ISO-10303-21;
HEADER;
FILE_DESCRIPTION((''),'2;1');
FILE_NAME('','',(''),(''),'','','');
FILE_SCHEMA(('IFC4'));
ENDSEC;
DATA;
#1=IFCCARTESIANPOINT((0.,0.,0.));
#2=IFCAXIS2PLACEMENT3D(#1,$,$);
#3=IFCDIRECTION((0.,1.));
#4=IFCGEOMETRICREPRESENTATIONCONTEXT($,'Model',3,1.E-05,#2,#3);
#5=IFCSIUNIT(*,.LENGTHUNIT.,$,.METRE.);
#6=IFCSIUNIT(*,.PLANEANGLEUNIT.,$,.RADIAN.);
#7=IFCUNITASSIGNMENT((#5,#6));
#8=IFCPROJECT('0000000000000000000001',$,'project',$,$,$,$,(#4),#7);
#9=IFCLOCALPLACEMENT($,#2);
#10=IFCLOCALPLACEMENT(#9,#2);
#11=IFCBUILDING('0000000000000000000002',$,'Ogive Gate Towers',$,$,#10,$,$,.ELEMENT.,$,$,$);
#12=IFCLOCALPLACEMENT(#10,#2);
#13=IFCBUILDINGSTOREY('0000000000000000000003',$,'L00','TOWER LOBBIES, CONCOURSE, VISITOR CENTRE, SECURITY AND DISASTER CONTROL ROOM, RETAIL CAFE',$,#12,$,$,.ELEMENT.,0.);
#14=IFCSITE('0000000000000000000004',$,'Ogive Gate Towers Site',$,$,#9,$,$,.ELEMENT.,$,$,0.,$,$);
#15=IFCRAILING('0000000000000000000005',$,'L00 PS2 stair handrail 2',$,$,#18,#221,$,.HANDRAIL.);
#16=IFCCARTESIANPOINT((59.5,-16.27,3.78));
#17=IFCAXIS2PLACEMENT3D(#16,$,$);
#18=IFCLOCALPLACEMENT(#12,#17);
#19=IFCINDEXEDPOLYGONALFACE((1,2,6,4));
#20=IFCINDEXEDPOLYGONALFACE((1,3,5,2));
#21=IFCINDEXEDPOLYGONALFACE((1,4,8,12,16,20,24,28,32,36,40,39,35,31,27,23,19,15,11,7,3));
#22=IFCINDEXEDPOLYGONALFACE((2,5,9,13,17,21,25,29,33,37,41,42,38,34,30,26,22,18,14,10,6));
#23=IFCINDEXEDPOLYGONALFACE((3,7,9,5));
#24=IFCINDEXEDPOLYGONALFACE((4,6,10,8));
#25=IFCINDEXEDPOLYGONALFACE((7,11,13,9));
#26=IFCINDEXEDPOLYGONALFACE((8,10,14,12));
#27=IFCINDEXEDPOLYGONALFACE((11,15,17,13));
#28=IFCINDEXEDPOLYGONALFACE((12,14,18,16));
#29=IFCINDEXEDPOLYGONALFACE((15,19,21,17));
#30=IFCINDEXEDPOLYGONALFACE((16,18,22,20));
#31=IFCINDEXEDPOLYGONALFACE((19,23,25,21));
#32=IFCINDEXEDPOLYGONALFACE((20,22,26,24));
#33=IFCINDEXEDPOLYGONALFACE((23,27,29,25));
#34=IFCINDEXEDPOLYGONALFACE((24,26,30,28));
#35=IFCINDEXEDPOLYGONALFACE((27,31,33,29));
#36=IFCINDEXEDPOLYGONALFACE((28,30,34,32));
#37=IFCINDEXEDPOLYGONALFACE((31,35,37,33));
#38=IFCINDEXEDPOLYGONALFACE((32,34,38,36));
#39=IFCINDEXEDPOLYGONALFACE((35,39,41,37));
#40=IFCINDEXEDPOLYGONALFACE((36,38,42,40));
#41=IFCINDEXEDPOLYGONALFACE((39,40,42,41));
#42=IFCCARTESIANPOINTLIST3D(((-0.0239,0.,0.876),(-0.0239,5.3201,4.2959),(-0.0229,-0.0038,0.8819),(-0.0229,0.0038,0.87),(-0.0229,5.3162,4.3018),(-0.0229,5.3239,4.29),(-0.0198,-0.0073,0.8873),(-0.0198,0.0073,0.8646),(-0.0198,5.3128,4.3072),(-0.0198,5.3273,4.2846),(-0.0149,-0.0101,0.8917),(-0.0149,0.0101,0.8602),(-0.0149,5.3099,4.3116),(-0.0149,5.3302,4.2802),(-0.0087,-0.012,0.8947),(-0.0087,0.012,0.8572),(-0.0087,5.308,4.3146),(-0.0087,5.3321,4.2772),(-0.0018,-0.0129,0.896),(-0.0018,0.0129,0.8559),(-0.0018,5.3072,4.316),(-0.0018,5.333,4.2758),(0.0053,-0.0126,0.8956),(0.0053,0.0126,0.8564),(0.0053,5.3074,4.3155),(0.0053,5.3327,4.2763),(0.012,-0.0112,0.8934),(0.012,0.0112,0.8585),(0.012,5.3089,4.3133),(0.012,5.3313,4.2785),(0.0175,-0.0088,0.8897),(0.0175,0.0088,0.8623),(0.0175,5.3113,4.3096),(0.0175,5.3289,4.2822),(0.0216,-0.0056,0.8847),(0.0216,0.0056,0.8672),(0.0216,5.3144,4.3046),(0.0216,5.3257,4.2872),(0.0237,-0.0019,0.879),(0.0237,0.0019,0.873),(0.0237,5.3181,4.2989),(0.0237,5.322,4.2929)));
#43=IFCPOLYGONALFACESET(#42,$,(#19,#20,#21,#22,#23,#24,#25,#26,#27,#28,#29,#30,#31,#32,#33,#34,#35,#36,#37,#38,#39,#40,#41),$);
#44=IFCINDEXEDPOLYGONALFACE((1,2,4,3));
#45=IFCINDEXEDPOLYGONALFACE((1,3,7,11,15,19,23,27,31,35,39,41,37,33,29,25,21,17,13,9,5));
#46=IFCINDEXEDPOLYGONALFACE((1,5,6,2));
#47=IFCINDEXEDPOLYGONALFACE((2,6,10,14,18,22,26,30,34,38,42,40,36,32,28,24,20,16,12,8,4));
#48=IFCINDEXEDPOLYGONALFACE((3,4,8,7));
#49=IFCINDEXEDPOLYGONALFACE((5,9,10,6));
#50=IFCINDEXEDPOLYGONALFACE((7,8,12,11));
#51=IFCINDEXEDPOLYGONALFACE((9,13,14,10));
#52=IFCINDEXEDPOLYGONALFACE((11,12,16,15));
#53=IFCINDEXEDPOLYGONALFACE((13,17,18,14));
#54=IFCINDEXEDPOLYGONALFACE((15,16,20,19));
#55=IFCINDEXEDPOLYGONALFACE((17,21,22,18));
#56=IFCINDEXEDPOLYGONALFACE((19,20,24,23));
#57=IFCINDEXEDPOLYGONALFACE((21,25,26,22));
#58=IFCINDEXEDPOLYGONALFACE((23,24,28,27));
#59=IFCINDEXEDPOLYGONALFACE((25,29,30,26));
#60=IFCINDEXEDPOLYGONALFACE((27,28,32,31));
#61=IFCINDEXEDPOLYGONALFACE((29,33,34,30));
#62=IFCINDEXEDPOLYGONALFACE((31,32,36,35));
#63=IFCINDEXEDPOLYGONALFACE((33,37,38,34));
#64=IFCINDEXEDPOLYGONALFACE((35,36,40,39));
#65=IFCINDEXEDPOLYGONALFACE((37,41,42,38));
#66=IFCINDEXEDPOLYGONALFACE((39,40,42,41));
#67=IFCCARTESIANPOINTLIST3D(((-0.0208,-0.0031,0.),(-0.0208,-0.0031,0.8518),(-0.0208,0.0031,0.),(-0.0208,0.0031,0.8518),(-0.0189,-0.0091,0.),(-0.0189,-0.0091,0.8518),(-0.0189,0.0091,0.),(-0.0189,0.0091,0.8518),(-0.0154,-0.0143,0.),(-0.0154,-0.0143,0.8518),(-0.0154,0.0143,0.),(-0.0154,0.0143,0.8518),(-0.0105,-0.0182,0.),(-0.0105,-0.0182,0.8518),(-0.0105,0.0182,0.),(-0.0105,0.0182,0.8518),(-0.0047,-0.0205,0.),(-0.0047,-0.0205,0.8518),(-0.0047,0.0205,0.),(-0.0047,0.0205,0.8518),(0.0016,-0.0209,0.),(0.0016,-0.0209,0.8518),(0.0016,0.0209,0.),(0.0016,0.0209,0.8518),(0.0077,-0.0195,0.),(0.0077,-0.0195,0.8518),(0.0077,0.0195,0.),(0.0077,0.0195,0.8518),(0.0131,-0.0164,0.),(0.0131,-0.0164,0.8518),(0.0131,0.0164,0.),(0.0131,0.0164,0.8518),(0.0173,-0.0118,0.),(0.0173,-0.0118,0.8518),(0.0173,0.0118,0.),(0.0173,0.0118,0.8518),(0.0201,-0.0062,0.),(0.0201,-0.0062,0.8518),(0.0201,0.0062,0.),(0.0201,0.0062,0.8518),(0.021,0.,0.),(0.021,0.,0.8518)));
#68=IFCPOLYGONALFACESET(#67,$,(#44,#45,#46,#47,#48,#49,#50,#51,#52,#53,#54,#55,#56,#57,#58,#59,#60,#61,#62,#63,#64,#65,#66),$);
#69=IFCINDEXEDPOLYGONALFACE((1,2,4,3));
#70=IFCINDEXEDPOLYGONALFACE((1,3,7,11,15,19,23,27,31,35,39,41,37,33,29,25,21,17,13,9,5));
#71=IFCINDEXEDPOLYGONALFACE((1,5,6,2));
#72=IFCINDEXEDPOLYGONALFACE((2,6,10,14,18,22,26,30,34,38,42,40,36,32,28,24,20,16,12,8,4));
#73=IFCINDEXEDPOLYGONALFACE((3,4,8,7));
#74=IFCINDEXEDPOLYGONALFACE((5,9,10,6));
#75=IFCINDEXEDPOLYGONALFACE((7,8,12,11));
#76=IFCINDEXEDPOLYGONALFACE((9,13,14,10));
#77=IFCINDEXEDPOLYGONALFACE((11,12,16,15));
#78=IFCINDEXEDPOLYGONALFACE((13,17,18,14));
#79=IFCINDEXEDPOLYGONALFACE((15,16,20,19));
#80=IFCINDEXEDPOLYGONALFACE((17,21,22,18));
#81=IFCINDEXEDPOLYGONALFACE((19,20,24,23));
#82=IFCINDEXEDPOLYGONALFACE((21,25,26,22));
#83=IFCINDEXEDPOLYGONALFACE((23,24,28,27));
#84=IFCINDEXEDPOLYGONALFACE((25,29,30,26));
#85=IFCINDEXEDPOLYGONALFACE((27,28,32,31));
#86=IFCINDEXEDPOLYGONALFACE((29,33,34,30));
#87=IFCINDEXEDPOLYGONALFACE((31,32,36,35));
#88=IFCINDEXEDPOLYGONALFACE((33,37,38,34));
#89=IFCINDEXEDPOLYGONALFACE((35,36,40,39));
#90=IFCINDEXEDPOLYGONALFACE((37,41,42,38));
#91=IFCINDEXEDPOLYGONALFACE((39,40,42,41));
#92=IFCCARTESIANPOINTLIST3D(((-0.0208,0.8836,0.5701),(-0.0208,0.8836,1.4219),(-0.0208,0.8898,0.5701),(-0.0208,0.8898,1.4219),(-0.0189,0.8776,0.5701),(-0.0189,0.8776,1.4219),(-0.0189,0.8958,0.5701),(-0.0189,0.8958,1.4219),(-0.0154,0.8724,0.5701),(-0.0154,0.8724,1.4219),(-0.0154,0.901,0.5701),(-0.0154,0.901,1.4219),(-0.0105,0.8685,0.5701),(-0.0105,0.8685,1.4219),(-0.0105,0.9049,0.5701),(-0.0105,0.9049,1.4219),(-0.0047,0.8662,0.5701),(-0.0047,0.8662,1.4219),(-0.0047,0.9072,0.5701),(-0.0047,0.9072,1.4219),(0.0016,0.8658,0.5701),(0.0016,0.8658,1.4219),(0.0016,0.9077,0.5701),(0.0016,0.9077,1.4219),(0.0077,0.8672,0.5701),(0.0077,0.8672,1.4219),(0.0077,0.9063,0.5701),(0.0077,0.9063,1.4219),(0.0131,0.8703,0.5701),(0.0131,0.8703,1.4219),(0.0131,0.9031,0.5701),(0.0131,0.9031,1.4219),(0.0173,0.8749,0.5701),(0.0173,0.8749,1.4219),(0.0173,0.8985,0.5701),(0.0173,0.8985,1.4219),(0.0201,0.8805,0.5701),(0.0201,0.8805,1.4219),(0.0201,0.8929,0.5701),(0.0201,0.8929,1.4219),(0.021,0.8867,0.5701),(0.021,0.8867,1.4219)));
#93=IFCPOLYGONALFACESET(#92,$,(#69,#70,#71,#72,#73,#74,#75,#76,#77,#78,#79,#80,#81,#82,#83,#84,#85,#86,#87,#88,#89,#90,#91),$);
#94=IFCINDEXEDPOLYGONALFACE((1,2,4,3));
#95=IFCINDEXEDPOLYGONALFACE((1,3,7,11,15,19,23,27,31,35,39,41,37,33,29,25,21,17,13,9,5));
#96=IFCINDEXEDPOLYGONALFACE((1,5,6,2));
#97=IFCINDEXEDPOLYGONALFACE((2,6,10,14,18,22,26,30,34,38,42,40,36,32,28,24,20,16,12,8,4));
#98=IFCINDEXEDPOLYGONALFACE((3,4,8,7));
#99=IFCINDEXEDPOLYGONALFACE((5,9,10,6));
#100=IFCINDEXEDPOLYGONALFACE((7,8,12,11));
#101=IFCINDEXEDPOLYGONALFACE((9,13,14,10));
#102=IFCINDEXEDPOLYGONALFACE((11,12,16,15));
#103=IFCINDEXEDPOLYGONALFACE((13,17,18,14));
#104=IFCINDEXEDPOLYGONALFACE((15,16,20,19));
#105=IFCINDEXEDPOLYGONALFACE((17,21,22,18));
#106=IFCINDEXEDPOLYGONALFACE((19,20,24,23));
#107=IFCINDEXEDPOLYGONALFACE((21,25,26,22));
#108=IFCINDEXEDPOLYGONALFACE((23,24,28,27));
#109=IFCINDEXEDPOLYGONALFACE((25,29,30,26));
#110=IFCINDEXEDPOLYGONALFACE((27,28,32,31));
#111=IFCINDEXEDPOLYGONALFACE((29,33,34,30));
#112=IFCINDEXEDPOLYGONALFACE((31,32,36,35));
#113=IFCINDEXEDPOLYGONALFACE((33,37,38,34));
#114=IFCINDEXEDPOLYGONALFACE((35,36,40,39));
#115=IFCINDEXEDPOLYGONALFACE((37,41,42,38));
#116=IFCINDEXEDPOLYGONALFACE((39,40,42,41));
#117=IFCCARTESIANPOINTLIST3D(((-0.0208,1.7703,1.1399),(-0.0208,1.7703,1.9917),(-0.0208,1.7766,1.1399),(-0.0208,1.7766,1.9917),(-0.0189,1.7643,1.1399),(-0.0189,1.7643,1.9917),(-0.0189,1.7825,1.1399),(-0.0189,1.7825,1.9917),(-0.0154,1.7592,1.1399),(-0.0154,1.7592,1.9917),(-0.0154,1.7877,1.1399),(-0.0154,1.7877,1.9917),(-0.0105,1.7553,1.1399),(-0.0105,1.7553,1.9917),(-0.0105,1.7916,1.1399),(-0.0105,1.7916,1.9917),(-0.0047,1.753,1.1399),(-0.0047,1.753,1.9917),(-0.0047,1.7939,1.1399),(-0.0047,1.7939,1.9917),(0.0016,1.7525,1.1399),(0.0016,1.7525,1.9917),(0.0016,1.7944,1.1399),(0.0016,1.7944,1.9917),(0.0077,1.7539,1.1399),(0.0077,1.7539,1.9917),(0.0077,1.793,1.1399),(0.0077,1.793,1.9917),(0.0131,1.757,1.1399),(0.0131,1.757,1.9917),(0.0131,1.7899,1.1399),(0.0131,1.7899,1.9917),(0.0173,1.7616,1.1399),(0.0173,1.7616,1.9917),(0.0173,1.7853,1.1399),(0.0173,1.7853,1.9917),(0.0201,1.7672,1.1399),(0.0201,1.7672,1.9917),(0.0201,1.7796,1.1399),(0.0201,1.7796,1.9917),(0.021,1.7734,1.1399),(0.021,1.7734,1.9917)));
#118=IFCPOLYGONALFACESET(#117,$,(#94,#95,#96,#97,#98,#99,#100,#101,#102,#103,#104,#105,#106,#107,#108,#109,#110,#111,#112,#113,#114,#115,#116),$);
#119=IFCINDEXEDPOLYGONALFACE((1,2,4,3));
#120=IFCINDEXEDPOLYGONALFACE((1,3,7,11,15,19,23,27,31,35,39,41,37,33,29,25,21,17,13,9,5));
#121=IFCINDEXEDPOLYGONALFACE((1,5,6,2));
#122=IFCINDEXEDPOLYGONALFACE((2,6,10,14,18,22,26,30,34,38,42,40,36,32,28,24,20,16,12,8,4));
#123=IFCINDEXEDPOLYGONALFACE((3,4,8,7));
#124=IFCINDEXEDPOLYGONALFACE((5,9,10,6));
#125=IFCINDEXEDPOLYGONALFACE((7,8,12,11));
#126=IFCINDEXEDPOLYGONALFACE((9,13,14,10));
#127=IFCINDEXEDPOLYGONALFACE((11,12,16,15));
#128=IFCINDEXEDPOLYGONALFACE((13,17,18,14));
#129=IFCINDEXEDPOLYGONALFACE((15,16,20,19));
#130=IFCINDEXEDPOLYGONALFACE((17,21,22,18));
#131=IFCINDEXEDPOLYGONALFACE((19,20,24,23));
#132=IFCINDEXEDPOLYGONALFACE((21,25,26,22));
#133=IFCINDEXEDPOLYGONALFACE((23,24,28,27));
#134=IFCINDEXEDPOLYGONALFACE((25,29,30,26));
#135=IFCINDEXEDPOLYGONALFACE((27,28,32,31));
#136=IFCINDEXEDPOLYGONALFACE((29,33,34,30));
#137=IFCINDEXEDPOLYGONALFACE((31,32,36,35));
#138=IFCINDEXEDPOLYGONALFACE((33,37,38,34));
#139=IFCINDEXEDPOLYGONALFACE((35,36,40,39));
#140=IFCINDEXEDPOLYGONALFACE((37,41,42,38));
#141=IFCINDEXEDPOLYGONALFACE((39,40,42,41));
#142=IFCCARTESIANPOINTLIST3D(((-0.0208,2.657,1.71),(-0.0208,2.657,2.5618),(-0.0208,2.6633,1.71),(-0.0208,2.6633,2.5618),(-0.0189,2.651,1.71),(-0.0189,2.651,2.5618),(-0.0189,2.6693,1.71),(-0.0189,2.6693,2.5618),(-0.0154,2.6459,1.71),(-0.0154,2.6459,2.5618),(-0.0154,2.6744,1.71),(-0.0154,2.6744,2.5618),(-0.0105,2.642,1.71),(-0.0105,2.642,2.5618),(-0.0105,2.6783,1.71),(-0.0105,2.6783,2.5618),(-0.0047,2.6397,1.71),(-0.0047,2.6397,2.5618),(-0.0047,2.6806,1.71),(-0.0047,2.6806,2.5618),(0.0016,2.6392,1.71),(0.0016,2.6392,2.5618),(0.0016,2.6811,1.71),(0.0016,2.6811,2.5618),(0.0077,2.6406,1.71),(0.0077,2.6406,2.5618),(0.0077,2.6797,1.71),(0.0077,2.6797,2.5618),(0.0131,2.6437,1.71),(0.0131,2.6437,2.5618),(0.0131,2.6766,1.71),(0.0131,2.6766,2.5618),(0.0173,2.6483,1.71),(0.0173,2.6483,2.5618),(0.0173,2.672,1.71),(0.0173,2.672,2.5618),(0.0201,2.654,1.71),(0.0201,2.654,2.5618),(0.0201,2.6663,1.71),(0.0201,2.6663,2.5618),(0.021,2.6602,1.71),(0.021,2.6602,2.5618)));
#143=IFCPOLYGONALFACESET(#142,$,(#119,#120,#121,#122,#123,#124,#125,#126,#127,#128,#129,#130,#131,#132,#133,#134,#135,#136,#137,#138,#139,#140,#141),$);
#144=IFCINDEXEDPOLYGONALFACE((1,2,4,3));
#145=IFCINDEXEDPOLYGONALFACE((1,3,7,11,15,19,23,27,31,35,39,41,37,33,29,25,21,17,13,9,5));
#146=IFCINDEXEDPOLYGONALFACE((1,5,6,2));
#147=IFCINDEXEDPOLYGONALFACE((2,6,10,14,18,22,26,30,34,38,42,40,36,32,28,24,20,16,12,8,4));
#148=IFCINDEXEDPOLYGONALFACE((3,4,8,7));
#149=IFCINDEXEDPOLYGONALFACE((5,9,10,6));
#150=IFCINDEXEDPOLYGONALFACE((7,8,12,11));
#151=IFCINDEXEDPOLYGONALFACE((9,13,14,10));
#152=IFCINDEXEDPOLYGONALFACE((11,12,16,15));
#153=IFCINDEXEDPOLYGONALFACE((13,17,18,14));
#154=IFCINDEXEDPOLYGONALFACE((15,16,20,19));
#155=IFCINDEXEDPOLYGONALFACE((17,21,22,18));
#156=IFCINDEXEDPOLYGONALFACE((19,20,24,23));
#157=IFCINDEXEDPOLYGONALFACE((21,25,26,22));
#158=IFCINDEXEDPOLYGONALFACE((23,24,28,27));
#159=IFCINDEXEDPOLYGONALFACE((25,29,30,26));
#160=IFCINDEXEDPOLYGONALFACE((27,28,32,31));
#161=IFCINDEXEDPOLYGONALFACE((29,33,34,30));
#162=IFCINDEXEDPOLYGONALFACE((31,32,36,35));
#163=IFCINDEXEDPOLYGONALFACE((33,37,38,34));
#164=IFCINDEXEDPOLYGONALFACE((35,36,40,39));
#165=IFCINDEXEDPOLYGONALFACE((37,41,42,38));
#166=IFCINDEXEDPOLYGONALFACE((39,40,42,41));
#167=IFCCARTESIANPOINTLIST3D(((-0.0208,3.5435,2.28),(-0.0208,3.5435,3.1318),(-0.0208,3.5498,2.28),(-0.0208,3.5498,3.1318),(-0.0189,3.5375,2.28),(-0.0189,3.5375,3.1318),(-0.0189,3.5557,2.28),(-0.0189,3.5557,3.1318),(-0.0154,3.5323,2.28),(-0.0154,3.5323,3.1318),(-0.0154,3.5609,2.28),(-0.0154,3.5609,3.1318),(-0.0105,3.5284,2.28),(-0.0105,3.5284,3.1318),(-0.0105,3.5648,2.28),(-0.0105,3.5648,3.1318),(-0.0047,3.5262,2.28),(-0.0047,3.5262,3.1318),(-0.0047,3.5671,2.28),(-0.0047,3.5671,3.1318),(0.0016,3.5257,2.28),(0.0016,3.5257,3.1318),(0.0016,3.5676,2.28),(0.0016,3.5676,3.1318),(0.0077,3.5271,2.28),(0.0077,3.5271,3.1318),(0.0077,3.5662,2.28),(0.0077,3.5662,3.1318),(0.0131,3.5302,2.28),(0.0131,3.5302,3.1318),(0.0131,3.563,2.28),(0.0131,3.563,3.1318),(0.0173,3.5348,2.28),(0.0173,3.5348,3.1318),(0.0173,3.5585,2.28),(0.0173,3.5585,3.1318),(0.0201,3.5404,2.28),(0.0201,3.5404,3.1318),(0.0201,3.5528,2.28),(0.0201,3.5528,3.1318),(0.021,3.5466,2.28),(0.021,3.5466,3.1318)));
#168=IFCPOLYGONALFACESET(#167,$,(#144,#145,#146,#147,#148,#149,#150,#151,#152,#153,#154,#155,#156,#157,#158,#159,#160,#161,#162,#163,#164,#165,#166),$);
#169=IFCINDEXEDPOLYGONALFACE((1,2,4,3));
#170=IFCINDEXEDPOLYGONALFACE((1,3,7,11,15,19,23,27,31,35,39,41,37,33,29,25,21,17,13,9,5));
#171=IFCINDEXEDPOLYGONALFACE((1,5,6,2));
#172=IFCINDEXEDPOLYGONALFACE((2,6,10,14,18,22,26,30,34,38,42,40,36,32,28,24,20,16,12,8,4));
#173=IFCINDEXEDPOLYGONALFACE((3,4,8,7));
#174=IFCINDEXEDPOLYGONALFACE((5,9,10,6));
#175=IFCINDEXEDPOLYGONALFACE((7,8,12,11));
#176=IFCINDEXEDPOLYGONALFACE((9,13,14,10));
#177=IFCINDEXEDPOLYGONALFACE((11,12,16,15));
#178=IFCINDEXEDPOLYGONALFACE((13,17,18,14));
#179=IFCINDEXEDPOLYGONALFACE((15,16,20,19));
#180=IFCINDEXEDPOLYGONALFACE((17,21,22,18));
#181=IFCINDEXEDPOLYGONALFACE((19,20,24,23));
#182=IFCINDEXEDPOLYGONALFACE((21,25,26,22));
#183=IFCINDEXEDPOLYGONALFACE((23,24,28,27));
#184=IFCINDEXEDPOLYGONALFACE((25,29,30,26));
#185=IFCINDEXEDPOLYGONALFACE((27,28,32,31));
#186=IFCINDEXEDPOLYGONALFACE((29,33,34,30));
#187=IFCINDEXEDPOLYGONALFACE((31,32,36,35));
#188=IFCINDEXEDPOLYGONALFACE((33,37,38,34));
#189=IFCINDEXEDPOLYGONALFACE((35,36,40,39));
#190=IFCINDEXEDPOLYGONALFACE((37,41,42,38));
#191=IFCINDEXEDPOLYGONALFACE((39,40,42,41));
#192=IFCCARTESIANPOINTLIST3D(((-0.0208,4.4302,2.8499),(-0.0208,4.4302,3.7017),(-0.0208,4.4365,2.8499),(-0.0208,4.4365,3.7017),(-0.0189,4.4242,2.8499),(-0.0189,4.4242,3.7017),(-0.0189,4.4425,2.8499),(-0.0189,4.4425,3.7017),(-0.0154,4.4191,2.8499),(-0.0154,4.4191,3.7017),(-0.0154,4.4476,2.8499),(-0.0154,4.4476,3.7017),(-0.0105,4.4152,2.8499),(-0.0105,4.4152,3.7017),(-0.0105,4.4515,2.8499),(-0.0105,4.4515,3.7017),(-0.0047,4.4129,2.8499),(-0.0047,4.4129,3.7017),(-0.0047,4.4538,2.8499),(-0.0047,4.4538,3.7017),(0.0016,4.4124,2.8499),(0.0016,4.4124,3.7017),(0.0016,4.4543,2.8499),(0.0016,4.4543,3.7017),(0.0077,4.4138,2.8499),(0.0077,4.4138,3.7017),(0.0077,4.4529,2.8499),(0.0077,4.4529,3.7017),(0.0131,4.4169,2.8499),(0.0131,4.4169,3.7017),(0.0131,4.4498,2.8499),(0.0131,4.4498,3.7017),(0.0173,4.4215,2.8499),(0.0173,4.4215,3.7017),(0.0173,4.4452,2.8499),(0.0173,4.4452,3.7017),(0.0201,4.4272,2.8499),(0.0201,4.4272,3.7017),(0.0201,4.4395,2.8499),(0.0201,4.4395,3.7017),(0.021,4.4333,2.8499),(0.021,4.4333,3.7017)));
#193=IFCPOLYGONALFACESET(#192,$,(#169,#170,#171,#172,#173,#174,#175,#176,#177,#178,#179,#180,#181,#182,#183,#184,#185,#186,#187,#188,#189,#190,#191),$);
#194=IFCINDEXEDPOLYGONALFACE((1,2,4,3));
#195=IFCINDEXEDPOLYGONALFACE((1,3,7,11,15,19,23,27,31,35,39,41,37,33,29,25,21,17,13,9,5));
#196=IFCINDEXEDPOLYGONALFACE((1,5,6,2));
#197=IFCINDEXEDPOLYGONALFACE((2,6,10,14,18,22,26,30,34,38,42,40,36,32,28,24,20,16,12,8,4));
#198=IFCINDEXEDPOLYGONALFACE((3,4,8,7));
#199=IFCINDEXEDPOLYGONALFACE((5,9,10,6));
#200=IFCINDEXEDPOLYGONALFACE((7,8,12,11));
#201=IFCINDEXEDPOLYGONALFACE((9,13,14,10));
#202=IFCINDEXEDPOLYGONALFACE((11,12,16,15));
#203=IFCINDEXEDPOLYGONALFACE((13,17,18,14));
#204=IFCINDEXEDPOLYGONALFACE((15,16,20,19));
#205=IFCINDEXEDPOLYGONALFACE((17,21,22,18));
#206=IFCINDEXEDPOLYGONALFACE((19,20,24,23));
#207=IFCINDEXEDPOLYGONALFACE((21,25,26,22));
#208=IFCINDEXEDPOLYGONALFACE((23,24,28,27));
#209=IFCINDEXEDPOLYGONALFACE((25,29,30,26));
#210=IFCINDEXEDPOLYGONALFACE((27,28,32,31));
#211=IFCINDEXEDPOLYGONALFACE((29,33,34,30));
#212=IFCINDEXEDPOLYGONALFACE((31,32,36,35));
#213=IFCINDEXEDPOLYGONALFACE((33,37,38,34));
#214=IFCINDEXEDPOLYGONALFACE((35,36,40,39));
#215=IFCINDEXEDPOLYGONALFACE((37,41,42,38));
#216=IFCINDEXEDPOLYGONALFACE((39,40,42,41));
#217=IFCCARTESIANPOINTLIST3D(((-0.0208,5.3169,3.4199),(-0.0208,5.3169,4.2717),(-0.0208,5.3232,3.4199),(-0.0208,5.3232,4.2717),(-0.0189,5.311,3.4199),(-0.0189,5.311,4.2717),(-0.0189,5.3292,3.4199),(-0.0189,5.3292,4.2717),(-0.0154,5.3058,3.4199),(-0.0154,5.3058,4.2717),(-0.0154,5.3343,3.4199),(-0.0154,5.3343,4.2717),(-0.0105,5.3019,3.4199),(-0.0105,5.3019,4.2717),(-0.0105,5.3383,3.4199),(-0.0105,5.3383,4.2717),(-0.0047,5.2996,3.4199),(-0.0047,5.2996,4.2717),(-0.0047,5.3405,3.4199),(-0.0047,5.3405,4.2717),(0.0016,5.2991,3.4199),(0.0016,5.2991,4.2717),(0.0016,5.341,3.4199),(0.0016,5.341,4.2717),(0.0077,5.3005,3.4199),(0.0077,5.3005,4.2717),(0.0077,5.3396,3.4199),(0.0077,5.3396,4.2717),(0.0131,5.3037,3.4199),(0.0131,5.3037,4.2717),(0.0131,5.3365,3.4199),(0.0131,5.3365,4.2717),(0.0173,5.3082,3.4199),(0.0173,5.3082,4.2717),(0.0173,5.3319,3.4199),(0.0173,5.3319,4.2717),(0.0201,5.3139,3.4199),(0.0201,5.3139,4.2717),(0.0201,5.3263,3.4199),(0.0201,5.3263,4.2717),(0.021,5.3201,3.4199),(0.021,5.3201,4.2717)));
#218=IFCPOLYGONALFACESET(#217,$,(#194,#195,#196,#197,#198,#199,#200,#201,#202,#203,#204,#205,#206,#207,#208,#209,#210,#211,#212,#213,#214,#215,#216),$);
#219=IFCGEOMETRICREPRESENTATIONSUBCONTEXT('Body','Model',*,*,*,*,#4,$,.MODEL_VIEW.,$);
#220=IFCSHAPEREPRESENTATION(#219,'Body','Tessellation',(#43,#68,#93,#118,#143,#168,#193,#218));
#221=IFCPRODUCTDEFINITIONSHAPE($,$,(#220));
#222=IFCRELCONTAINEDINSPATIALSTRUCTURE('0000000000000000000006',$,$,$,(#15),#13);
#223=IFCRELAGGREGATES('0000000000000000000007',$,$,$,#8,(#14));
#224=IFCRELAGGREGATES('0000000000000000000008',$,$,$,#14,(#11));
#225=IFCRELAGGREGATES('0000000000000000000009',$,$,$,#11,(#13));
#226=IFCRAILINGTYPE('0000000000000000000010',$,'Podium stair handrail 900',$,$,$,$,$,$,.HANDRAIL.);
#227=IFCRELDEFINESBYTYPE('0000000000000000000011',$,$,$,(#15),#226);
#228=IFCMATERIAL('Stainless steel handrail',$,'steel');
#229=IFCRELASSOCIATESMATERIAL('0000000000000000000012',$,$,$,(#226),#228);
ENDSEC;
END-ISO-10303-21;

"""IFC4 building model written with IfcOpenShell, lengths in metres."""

from ifc_helpers import new_model, si_unit, direction, frame, origin, origin_2d, place, context, subcontext, project, spatial, circle, extrude, material, type_object, element, save


model = new_model("IFC4")

# Units and contexts
model_context = context("Model", 3, precision=1e-05, world=origin(), true_north=direction((0.0, 1.0)))
body_context = subcontext(model_context, "Body", "Model", "MODEL_VIEW")
ifc_project = project(units=[si_unit("LENGTHUNIT", "METRE"), si_unit("PLANEANGLEUNIT", "RADIAN")], contexts=[model_context])

# Site, building, storey
site_placement = place(None, origin())
site = spatial("IfcSite", under=ifc_project, at=site_placement, Name="Ogive Gate Towers Site", CompositionType="ELEMENT", RefElevation=0.0)
building_placement = place(site_placement, origin())
building = spatial("IfcBuilding", under=site, at=building_placement, Name="Ogive Gate Towers", CompositionType="ELEMENT")
storey_placement = place(building_placement, origin())
storey = spatial("IfcBuildingStorey", under=building, at=storey_placement, Name="L00", Description="TOWER LOBBIES, CONCOURSE, VISITOR CENTRE, SECURITY AND DISASTER CONTROL ROOM, RETAIL CAFE", CompositionType="ELEMENT", Elevation=0.0)

# Railing
ifc_material_1 = material(Name="Stainless steel handrail", Category="steel")
railing_type_1 = type_object("IfcRailingType", Name="Podium stair handrail 900", PredefinedType="HANDRAIL", material=ifc_material_1)
railing_1_placement = place(storey_placement, frame((59.5, -16.27, 3.78)))
element("IfcRailing", 1, at=railing_1_placement, inside=storey, type_object=railing_type_1, Name="L00 PS2 stair handrail 2", PredefinedType="HANDRAIL", context=body_context, shape_type="SweptSolid", body=[
    extrude(circle(Radius=0.0239, at=origin_2d()), frame((0.0, 0.0, 0.876), z_axis=(0.0, 0.841187, 0.540744), x_axis=(-1.0, 0.0, 0.0)), (0.0, 0.0, 1.0), 6.3245),
    extrude(circle(Radius=0.021, at=origin_2d()), origin(), (0.0, 0.0, 1.0), 0.8518),
    extrude(circle(Radius=0.021, at=origin_2d()), frame((0.0, 0.8867, 0.5701)), (0.0, 0.0, 1.0), 0.8518),
    extrude(circle(Radius=0.021, at=origin_2d()), frame((0.0, 1.7734, 1.1399)), (0.0, 0.0, 1.0), 0.8518),
    extrude(circle(Radius=0.021, at=origin_2d()), frame((0.0, 2.6602, 1.71)), (0.0, 0.0, 1.0), 0.8518),
    extrude(circle(Radius=0.021, at=origin_2d()), frame((0.0, 3.5466, 2.28)), (0.0, 0.0, 1.0), 0.8518),
    extrude(circle(Radius=0.021, at=origin_2d()), frame((0.0, 4.4333, 2.8499)), (0.0, 0.0, 1.0), 0.8518),
    extrude(circle(Radius=0.021, at=origin_2d()), frame((0.0, 5.3201, 3.4199)), (0.0, 0.0, 1.0), 0.8518),
])

save(model, "model.ifc")
